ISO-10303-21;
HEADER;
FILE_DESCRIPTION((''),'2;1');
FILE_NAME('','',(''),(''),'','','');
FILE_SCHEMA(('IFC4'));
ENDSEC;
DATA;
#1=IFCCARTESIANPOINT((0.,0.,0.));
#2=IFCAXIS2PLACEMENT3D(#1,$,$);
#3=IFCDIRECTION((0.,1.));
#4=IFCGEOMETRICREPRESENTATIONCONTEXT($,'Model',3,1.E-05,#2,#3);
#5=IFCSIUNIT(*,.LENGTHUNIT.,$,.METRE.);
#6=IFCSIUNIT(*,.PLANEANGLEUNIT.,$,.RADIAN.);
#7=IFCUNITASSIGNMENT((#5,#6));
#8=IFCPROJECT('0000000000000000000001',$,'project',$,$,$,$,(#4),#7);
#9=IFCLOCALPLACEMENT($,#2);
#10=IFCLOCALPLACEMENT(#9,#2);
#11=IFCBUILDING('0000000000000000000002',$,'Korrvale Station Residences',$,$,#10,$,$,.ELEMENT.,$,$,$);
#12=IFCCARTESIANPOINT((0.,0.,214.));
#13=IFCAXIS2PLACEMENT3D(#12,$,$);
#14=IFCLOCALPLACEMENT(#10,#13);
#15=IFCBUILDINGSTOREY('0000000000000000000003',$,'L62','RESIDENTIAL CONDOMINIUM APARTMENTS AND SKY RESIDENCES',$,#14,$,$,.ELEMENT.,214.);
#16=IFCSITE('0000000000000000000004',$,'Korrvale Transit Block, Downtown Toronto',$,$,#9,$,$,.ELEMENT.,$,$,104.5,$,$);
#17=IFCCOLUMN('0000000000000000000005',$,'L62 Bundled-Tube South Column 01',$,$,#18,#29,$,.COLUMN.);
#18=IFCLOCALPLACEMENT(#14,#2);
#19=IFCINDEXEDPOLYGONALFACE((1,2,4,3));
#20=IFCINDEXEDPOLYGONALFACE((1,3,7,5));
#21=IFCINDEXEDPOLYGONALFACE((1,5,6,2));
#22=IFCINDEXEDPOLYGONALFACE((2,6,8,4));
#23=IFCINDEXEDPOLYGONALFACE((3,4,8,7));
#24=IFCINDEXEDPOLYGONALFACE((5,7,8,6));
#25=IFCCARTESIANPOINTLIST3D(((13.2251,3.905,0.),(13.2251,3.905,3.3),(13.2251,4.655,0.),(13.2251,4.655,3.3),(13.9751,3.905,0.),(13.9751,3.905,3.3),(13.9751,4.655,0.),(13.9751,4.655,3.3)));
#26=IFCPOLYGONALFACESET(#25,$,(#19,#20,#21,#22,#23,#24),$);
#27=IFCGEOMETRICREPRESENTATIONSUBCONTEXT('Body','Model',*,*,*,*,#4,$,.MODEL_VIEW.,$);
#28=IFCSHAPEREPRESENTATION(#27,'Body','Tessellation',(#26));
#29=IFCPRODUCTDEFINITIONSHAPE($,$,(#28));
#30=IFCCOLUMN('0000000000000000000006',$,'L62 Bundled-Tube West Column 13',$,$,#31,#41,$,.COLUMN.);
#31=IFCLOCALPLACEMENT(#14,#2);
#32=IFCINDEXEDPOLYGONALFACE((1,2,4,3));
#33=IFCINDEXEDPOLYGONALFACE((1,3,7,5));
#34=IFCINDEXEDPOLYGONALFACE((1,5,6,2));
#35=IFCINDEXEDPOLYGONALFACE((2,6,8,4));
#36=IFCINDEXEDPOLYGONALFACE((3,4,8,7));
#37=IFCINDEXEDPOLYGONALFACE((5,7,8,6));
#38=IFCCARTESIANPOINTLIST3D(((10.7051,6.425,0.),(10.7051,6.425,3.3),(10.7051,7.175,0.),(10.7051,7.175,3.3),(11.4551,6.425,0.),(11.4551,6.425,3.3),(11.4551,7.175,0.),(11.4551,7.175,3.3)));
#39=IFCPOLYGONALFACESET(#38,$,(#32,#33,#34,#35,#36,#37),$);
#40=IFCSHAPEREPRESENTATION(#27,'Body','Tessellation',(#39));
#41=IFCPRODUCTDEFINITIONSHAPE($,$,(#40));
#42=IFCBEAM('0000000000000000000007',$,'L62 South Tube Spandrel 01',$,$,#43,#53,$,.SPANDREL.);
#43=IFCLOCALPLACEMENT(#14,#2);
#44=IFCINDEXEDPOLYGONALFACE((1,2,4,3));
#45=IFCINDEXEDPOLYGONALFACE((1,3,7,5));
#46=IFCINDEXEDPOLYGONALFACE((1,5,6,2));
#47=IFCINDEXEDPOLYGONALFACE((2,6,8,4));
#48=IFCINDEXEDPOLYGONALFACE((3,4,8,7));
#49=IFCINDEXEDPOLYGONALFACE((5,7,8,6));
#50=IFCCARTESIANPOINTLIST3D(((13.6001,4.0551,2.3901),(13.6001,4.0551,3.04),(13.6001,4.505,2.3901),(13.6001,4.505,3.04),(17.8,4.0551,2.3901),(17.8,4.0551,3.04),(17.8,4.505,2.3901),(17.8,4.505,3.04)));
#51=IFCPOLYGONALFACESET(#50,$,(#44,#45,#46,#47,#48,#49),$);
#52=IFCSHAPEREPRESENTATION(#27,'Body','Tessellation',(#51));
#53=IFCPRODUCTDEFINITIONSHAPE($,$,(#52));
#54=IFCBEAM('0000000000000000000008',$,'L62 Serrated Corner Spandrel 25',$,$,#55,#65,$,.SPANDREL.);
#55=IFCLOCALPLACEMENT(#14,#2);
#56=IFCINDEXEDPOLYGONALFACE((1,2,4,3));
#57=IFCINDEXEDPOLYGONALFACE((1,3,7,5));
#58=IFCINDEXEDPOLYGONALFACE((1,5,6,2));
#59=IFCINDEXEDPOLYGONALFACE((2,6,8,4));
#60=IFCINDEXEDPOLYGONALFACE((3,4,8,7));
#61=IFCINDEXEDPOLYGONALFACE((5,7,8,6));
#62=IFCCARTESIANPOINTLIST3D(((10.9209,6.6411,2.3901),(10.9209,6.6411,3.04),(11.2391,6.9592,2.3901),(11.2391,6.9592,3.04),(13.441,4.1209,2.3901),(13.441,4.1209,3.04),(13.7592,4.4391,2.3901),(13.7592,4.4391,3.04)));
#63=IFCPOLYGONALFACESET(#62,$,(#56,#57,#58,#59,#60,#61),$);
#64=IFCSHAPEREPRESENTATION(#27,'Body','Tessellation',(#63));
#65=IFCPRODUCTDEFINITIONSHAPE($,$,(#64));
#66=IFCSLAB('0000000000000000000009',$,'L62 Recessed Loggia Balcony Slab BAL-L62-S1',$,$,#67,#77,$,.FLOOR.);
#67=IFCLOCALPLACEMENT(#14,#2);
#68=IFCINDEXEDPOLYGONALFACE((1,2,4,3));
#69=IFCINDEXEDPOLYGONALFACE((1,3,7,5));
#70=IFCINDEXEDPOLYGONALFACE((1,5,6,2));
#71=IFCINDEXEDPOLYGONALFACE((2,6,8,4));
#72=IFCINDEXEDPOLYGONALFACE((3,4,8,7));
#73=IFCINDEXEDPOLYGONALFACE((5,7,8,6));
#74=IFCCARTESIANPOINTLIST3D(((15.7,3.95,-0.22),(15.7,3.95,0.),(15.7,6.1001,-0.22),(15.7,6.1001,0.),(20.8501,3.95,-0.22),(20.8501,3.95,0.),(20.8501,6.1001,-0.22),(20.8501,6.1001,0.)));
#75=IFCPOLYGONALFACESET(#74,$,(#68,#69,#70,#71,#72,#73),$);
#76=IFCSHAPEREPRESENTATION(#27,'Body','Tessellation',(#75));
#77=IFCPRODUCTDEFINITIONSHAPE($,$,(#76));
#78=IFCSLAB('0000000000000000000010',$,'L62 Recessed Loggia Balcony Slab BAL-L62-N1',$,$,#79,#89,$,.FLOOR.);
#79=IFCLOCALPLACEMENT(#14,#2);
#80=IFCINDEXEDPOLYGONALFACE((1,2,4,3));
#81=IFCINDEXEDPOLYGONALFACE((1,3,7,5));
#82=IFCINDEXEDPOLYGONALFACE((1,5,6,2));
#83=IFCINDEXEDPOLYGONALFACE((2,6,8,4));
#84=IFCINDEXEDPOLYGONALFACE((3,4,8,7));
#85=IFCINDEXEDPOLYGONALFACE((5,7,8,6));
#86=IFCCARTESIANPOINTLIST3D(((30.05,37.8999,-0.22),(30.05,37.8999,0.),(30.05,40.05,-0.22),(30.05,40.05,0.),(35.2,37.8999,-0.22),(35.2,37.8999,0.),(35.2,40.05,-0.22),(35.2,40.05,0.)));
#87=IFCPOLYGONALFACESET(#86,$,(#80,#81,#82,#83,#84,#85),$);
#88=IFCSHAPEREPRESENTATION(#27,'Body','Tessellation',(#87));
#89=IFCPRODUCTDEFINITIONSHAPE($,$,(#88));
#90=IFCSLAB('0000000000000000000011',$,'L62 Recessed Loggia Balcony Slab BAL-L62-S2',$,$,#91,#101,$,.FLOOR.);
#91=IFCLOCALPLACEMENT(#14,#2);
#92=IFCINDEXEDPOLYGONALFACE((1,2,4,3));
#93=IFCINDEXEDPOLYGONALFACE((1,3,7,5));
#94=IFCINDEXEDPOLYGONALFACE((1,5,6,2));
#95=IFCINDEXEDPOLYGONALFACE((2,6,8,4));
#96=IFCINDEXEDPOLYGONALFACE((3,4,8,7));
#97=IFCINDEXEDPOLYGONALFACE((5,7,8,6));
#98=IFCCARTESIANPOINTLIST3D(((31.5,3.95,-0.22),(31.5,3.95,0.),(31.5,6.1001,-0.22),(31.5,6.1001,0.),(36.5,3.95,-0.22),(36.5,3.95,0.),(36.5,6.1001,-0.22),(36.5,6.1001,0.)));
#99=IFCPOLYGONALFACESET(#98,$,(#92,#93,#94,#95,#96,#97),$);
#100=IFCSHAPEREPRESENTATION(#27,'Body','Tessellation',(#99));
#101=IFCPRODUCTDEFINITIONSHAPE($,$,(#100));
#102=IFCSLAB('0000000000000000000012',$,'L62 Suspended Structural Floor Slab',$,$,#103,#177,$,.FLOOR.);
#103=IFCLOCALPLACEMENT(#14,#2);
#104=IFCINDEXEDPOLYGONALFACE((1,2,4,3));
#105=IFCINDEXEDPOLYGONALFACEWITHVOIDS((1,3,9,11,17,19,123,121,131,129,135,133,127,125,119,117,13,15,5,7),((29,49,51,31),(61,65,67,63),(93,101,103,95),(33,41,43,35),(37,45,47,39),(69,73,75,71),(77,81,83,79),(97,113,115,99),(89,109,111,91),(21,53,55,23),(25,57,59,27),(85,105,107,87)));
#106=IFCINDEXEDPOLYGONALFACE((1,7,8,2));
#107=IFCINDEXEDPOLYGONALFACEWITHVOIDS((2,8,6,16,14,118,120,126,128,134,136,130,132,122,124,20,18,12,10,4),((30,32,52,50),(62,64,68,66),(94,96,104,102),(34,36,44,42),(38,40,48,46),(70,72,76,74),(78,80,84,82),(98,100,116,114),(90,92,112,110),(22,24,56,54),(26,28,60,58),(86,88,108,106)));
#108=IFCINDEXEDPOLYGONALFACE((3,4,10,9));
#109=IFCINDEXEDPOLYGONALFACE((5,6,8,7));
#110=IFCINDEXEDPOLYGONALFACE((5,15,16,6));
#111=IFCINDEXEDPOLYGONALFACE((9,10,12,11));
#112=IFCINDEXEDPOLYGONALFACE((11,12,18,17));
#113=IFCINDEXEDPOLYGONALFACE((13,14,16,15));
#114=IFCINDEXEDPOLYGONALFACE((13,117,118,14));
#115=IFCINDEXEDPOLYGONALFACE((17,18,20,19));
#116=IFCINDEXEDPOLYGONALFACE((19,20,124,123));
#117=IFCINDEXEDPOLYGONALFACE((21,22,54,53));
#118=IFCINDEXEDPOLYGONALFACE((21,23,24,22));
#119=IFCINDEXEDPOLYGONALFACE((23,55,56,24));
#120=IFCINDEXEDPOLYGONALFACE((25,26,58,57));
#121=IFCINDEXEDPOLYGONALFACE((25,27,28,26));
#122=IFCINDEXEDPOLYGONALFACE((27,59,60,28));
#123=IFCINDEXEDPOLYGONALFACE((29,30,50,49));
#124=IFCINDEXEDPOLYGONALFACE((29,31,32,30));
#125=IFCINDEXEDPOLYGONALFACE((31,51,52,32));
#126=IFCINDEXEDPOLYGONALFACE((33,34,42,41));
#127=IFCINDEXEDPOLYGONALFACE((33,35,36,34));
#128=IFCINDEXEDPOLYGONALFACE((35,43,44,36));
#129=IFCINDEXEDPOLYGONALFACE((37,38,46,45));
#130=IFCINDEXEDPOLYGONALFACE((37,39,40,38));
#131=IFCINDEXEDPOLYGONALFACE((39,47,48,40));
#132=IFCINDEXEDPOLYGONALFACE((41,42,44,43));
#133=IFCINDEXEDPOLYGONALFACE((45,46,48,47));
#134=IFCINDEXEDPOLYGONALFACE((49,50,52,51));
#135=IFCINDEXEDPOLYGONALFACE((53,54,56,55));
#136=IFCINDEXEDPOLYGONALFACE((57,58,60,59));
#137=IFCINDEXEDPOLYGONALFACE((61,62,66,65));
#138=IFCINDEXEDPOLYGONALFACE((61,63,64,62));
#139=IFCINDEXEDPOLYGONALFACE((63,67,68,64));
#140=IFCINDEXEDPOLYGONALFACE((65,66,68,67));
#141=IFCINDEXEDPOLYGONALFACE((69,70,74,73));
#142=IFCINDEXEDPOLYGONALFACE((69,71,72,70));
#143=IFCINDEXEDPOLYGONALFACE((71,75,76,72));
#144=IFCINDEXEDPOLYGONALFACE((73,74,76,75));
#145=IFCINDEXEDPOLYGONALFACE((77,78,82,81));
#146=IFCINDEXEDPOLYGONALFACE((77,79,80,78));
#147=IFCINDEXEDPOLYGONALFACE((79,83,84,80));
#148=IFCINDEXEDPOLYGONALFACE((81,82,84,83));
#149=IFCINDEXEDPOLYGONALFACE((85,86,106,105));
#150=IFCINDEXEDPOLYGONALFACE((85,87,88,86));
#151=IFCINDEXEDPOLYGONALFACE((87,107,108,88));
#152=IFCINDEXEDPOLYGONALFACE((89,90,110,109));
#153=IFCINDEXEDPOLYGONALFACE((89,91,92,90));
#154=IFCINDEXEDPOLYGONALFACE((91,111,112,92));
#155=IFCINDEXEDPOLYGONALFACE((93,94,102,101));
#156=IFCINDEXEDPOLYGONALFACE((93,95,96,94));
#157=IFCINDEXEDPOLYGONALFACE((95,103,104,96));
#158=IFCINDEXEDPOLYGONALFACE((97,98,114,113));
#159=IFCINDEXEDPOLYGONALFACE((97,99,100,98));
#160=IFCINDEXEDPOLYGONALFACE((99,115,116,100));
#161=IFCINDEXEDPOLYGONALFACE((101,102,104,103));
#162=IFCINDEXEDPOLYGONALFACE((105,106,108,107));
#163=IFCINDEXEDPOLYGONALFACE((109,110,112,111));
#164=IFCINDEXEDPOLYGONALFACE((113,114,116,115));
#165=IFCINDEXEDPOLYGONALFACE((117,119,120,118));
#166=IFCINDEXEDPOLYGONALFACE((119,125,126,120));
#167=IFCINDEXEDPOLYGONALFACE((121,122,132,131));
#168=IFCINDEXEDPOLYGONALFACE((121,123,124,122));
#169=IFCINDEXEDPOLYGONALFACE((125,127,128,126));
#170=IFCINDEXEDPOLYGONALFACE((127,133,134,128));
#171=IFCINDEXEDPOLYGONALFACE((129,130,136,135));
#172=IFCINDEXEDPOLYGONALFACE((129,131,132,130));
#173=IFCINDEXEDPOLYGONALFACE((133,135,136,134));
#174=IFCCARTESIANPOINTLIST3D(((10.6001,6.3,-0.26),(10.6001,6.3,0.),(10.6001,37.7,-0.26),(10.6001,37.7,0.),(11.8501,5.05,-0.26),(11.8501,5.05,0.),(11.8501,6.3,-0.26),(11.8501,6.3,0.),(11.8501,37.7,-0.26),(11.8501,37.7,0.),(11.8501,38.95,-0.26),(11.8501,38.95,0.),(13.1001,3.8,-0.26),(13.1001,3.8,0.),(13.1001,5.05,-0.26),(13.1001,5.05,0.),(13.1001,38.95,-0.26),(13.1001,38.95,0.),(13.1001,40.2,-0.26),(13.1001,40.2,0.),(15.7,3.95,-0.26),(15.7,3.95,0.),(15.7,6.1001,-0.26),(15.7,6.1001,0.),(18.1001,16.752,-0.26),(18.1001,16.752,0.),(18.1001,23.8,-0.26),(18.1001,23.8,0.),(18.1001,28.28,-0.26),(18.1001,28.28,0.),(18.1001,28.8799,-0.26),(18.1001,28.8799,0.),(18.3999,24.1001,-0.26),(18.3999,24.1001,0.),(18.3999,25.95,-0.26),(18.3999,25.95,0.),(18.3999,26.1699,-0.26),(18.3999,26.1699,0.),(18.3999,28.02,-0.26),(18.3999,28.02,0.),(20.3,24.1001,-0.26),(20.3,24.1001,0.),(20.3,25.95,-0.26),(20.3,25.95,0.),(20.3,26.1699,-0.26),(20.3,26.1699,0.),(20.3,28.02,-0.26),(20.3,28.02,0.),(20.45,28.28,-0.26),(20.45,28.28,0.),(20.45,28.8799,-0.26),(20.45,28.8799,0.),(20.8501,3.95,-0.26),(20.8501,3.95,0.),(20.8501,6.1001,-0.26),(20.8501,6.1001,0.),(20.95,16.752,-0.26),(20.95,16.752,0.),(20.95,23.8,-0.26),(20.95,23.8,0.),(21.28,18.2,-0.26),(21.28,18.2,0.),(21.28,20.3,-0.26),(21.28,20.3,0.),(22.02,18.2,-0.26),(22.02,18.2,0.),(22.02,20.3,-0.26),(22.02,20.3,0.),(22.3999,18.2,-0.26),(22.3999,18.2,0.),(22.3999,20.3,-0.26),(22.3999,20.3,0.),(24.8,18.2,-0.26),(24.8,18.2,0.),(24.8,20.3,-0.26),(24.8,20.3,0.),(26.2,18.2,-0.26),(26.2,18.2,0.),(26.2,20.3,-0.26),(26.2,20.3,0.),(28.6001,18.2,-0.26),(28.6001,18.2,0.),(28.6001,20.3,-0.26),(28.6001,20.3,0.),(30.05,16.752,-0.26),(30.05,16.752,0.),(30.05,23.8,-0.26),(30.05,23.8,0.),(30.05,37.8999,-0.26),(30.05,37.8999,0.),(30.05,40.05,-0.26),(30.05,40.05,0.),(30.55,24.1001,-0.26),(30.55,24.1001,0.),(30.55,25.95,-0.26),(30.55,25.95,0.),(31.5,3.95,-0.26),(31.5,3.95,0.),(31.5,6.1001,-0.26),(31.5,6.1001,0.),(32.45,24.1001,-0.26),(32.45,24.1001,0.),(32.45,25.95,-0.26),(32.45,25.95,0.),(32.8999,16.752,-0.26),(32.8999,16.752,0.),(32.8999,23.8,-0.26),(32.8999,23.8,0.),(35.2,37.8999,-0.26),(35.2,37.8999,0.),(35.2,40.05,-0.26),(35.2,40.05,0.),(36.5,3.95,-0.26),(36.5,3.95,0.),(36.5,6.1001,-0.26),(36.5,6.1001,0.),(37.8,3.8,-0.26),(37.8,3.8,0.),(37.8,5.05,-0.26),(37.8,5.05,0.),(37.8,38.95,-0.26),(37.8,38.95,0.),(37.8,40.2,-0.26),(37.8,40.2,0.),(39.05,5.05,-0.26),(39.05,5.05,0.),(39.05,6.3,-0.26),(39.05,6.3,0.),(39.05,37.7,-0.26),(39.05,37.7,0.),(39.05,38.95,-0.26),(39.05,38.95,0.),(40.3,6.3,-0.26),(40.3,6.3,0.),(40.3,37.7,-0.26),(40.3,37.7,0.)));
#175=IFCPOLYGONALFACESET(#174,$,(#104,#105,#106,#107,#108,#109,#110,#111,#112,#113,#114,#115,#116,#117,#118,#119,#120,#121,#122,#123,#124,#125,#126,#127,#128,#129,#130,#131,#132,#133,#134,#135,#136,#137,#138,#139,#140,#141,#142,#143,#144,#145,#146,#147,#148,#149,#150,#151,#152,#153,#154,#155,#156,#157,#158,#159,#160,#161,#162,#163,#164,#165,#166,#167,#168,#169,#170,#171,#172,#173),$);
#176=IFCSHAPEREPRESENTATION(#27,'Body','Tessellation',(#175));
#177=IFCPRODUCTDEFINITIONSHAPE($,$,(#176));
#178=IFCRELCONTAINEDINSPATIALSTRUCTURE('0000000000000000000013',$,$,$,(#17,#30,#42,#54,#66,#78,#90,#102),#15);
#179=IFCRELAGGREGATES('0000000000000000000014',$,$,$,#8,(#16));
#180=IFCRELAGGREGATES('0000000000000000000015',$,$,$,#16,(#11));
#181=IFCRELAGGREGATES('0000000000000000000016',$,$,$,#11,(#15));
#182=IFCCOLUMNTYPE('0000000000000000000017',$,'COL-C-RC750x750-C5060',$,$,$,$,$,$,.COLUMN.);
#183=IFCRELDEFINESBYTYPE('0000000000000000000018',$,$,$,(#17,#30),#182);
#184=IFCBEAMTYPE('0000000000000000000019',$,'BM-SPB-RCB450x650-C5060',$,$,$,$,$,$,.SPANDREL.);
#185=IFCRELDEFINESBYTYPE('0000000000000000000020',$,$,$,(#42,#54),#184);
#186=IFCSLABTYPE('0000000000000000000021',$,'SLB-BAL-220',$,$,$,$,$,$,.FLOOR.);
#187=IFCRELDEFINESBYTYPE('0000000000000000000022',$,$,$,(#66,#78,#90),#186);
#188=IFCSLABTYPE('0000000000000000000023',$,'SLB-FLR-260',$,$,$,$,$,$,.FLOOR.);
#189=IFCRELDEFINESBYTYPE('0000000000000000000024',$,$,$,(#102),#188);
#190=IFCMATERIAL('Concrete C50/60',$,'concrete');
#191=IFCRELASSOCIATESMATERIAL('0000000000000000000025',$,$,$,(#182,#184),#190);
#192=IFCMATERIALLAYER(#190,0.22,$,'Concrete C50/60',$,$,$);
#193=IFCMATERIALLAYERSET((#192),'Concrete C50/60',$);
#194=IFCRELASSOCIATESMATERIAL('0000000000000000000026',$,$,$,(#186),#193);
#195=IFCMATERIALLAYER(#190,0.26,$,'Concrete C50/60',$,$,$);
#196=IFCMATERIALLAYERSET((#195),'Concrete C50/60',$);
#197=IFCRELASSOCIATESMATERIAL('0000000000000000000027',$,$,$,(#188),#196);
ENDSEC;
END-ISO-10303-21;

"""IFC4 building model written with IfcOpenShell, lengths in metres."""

from ifc_helpers import new_model, si_unit, direction, frame, origin, origin_2d, place, context, subcontext, project, spatial, polyline, rectangle, outline, extrude, material, layer, layer_set, material_profile, profile_set, type_object, element, save


model = new_model("IFC4")

# Units and contexts
model_context = context("Model", 3, precision=1e-05, world=origin(), true_north=direction((0.0, 1.0)))
body_context = subcontext(model_context, "Body", "Model", "MODEL_VIEW")
ifc_project = project(units=[si_unit("LENGTHUNIT", "METRE"), si_unit("PLANEANGLEUNIT", "RADIAN")], contexts=[model_context])

# Site, building, storey
site_placement = place(None, origin())
site = spatial("IfcSite", under=ifc_project, at=site_placement, Name="Korrvale Transit Block, Downtown Toronto", CompositionType="ELEMENT", RefElevation=104.5)
building_placement = place(site_placement, origin())
building = spatial("IfcBuilding", under=site, at=building_placement, Name="Korrvale Station Residences", CompositionType="ELEMENT")
storey_placement = place(building_placement, frame((0.0, 0.0, 214.0)))
storey = spatial("IfcBuildingStorey", under=building, at=storey_placement, Name="L62", Description="RESIDENTIAL CONDOMINIUM APARTMENTS AND SKY RESIDENCES", CompositionType="ELEMENT", Elevation=214.0)

# Columns
ifc_material_1 = material(Name="Concrete C50/60", Category="concrete")
ifc_material_profile_1 = material_profile(ifc_material_1, rectangle(XDim=0.75, YDim=0.75, at=origin_2d()), Name="RC750x750")
ifc_profile_set_1 = profile_set([ifc_material_profile_1], Name="Concrete C50/60")
column_type = type_object("IfcColumnType", Name="COL-C-RC750x750-C5060", PredefinedType="COLUMN", material=ifc_profile_set_1)
for number, where, z_axis, x_axis, name in (
    (1, (13.6001, 4.28, 0.0), (0.0, 0.0, 1.0), (1.0, 0.0, 0.0), "L62 Bundled-Tube South Column 01"),
    (2, (11.0801, 6.8, 0.0), (0.0, 0.0, 1.0), (1.0, 0.0, 0.0), "L62 Bundled-Tube West Column 13"),
):
    element("IfcColumn", number, at=place(storey_placement, frame(where, z_axis=z_axis, x_axis=x_axis)), inside=storey, type_object=column_type, Name=name, PredefinedType="COLUMN", context=body_context, shape_type="SweptSolid", body=[
        extrude(rectangle(XDim=0.75, YDim=0.75, at=origin_2d()), origin(), (0.0, 0.0, 1.0), 3.3),
    ])

# Beams
ifc_material_profile_2 = material_profile(ifc_material_1, rectangle(XDim=0.45, YDim=0.6499, at=origin_2d()), Name="RCB450x650")
ifc_profile_set_2 = profile_set([ifc_material_profile_2], Name="Concrete C50/60")
beam_type = type_object("IfcBeamType", Name="BM-SPB-RCB450x650-C5060", PredefinedType="SPANDREL", material=ifc_profile_set_2)
beam_1_placement = place(storey_placement, frame((13.6001, 4.28, 2.7151), z_axis=(1.0, 0.0, 0.0), x_axis=(0.0, 1.0, 0.0)))
element("IfcBeam", 3, at=beam_1_placement, inside=storey, type_object=beam_type, Name="L62 South Tube Spandrel 01", PredefinedType="SPANDREL", context=body_context, shape_type="SweptSolid", body=[
    extrude(rectangle(XDim=0.45, YDim=0.6499, at=origin_2d()), origin(), (0.0, 0.0, 1.0), 4.2),
])
beam_2_placement = place(storey_placement, frame((13.6001, 4.28, 2.7151), z_axis=(-0.707107, 0.707107, 0.0), x_axis=(-0.707107, -0.707107, 0.0)))
element("IfcBeam", 4, at=beam_2_placement, inside=storey, type_object=beam_type, Name="L62 Serrated Corner Spandrel 25", PredefinedType="SPANDREL", context=body_context, shape_type="SweptSolid", body=[
    extrude(rectangle(XDim=0.45, YDim=0.6499, at=origin_2d()), origin(), (0.0, 0.0, 1.0), 3.564),
])

# Slabs
ifc_layer_1 = layer(ifc_material_1, 0.22, Name="Concrete C50/60")
ifc_layer_set_1 = layer_set([ifc_layer_1], Name="Concrete C50/60")
slab_type_1 = type_object("IfcSlabType", Name="SLB-BAL-220", PredefinedType="FLOOR", material=ifc_layer_set_1)
slab_1_placement = place(storey_placement, frame((0.0, 0.0, -0.22)))
element("IfcSlab", 5, at=slab_1_placement, inside=storey, type_object=slab_type_1, Name="L62 Recessed Loggia Balcony Slab BAL-L62-S1", PredefinedType="FLOOR", context=body_context, shape_type="SweptSolid", body=[
    extrude(outline(polyline([(15.7, 3.95), (20.8501, 3.95), (20.8501, 6.1001), (15.7, 6.1001), (15.7, 3.95)])), origin(), (0.0, 0.0, 1.0), 0.22),
])
slab_2_placement = place(storey_placement, frame((0.0, 0.0, -0.22)))
element("IfcSlab", 6, at=slab_2_placement, inside=storey, type_object=slab_type_1, Name="L62 Recessed Loggia Balcony Slab BAL-L62-N1", PredefinedType="FLOOR", context=body_context, shape_type="SweptSolid", body=[
    extrude(outline(polyline([(30.05, 37.8999), (35.2, 37.8999), (35.2, 40.05), (30.05, 40.05), (30.05, 37.8999)])), origin(), (0.0, 0.0, 1.0), 0.22),
])
slab_3_placement = place(storey_placement, frame((0.0, 0.0, -0.22)))
element("IfcSlab", 7, at=slab_3_placement, inside=storey, type_object=slab_type_1, Name="L62 Recessed Loggia Balcony Slab BAL-L62-S2", PredefinedType="FLOOR", context=body_context, shape_type="SweptSolid", body=[
    extrude(outline(polyline([(31.5, 3.95), (36.5, 3.95), (36.5, 6.1001), (31.5, 6.1001), (31.5, 3.95)])), origin(), (0.0, 0.0, 1.0), 0.22),
])
ifc_layer_2 = layer(ifc_material_1, 0.26, Name="Concrete C50/60")
ifc_layer_set_2 = layer_set([ifc_layer_2], Name="Concrete C50/60")
slab_type_2 = type_object("IfcSlabType", Name="SLB-FLR-260", PredefinedType="FLOOR", material=ifc_layer_set_2)
slab_4_placement = place(storey_placement, frame((0.0, 0.0, -0.26)))
element("IfcSlab", 8, at=slab_4_placement, inside=storey, type_object=slab_type_2, Name="L62 Suspended Structural Floor Slab", PredefinedType="FLOOR", context=body_context, shape_type="SweptSolid", body=[
    extrude(outline(polyline([(13.1001, 3.8), (37.8, 3.8), (37.8, 5.05), (39.05, 5.05), (39.05, 6.3), (40.3, 6.3), (40.3, 37.7), (39.05, 37.7), (39.05, 38.95), (37.8, 38.95), (37.8, 40.2), (13.1001, 40.2), (13.1001, 38.95), (11.8501, 38.95), (11.8501, 37.7), (10.6001, 37.7), (10.6001, 6.3), (11.8501, 6.3), (11.8501, 5.05), (13.1001, 5.05), (13.1001, 3.8)]), holes=[polyline([(20.95, 16.752), (20.95, 23.8), (18.1001, 23.8), (18.1001, 16.752), (20.95, 16.752)]), polyline([(32.8999, 16.752), (32.8999, 23.8), (30.05, 23.8), (30.05, 16.752), (32.8999, 16.752)]), polyline([(18.3999, 24.1001), (20.3, 24.1001), (20.3, 25.95), (18.3999, 25.95), (18.3999, 24.1001)]), polyline([(18.3999, 26.1699), (20.3, 26.1699), (20.3, 28.02), (18.3999, 28.02), (18.3999, 26.1699)]), polyline([(30.55, 24.1001), (32.45, 24.1001), (32.45, 25.95), (30.55, 25.95), (30.55, 24.1001)]), polyline([(22.3999, 18.2), (24.8, 18.2), (24.8, 20.3), (22.3999, 20.3), (22.3999, 18.2)]), polyline([(26.2, 18.2), (28.6001, 18.2), (28.6001, 20.3), (26.2, 20.3), (26.2, 18.2)]), polyline([(18.1001, 28.28), (20.45, 28.28), (20.45, 28.8799), (18.1001, 28.8799), (18.1001, 28.28)]), polyline([(21.28, 18.2), (22.02, 18.2), (22.02, 20.3), (21.28, 20.3), (21.28, 18.2)]), polyline([(15.7, 3.95), (20.8501, 3.95), (20.8501, 6.1001), (15.7, 6.1001), (15.7, 3.95)]), polyline([(30.05, 37.8999), (35.2, 37.8999), (35.2, 40.05), (30.05, 40.05), (30.05, 37.8999)]), polyline([(31.5, 3.95), (36.5, 3.95), (36.5, 6.1001), (31.5, 6.1001), (31.5, 3.95)])]), origin(), (0.0, 0.0, 1.0), 0.26),
])

save(model, "model.ifc")
